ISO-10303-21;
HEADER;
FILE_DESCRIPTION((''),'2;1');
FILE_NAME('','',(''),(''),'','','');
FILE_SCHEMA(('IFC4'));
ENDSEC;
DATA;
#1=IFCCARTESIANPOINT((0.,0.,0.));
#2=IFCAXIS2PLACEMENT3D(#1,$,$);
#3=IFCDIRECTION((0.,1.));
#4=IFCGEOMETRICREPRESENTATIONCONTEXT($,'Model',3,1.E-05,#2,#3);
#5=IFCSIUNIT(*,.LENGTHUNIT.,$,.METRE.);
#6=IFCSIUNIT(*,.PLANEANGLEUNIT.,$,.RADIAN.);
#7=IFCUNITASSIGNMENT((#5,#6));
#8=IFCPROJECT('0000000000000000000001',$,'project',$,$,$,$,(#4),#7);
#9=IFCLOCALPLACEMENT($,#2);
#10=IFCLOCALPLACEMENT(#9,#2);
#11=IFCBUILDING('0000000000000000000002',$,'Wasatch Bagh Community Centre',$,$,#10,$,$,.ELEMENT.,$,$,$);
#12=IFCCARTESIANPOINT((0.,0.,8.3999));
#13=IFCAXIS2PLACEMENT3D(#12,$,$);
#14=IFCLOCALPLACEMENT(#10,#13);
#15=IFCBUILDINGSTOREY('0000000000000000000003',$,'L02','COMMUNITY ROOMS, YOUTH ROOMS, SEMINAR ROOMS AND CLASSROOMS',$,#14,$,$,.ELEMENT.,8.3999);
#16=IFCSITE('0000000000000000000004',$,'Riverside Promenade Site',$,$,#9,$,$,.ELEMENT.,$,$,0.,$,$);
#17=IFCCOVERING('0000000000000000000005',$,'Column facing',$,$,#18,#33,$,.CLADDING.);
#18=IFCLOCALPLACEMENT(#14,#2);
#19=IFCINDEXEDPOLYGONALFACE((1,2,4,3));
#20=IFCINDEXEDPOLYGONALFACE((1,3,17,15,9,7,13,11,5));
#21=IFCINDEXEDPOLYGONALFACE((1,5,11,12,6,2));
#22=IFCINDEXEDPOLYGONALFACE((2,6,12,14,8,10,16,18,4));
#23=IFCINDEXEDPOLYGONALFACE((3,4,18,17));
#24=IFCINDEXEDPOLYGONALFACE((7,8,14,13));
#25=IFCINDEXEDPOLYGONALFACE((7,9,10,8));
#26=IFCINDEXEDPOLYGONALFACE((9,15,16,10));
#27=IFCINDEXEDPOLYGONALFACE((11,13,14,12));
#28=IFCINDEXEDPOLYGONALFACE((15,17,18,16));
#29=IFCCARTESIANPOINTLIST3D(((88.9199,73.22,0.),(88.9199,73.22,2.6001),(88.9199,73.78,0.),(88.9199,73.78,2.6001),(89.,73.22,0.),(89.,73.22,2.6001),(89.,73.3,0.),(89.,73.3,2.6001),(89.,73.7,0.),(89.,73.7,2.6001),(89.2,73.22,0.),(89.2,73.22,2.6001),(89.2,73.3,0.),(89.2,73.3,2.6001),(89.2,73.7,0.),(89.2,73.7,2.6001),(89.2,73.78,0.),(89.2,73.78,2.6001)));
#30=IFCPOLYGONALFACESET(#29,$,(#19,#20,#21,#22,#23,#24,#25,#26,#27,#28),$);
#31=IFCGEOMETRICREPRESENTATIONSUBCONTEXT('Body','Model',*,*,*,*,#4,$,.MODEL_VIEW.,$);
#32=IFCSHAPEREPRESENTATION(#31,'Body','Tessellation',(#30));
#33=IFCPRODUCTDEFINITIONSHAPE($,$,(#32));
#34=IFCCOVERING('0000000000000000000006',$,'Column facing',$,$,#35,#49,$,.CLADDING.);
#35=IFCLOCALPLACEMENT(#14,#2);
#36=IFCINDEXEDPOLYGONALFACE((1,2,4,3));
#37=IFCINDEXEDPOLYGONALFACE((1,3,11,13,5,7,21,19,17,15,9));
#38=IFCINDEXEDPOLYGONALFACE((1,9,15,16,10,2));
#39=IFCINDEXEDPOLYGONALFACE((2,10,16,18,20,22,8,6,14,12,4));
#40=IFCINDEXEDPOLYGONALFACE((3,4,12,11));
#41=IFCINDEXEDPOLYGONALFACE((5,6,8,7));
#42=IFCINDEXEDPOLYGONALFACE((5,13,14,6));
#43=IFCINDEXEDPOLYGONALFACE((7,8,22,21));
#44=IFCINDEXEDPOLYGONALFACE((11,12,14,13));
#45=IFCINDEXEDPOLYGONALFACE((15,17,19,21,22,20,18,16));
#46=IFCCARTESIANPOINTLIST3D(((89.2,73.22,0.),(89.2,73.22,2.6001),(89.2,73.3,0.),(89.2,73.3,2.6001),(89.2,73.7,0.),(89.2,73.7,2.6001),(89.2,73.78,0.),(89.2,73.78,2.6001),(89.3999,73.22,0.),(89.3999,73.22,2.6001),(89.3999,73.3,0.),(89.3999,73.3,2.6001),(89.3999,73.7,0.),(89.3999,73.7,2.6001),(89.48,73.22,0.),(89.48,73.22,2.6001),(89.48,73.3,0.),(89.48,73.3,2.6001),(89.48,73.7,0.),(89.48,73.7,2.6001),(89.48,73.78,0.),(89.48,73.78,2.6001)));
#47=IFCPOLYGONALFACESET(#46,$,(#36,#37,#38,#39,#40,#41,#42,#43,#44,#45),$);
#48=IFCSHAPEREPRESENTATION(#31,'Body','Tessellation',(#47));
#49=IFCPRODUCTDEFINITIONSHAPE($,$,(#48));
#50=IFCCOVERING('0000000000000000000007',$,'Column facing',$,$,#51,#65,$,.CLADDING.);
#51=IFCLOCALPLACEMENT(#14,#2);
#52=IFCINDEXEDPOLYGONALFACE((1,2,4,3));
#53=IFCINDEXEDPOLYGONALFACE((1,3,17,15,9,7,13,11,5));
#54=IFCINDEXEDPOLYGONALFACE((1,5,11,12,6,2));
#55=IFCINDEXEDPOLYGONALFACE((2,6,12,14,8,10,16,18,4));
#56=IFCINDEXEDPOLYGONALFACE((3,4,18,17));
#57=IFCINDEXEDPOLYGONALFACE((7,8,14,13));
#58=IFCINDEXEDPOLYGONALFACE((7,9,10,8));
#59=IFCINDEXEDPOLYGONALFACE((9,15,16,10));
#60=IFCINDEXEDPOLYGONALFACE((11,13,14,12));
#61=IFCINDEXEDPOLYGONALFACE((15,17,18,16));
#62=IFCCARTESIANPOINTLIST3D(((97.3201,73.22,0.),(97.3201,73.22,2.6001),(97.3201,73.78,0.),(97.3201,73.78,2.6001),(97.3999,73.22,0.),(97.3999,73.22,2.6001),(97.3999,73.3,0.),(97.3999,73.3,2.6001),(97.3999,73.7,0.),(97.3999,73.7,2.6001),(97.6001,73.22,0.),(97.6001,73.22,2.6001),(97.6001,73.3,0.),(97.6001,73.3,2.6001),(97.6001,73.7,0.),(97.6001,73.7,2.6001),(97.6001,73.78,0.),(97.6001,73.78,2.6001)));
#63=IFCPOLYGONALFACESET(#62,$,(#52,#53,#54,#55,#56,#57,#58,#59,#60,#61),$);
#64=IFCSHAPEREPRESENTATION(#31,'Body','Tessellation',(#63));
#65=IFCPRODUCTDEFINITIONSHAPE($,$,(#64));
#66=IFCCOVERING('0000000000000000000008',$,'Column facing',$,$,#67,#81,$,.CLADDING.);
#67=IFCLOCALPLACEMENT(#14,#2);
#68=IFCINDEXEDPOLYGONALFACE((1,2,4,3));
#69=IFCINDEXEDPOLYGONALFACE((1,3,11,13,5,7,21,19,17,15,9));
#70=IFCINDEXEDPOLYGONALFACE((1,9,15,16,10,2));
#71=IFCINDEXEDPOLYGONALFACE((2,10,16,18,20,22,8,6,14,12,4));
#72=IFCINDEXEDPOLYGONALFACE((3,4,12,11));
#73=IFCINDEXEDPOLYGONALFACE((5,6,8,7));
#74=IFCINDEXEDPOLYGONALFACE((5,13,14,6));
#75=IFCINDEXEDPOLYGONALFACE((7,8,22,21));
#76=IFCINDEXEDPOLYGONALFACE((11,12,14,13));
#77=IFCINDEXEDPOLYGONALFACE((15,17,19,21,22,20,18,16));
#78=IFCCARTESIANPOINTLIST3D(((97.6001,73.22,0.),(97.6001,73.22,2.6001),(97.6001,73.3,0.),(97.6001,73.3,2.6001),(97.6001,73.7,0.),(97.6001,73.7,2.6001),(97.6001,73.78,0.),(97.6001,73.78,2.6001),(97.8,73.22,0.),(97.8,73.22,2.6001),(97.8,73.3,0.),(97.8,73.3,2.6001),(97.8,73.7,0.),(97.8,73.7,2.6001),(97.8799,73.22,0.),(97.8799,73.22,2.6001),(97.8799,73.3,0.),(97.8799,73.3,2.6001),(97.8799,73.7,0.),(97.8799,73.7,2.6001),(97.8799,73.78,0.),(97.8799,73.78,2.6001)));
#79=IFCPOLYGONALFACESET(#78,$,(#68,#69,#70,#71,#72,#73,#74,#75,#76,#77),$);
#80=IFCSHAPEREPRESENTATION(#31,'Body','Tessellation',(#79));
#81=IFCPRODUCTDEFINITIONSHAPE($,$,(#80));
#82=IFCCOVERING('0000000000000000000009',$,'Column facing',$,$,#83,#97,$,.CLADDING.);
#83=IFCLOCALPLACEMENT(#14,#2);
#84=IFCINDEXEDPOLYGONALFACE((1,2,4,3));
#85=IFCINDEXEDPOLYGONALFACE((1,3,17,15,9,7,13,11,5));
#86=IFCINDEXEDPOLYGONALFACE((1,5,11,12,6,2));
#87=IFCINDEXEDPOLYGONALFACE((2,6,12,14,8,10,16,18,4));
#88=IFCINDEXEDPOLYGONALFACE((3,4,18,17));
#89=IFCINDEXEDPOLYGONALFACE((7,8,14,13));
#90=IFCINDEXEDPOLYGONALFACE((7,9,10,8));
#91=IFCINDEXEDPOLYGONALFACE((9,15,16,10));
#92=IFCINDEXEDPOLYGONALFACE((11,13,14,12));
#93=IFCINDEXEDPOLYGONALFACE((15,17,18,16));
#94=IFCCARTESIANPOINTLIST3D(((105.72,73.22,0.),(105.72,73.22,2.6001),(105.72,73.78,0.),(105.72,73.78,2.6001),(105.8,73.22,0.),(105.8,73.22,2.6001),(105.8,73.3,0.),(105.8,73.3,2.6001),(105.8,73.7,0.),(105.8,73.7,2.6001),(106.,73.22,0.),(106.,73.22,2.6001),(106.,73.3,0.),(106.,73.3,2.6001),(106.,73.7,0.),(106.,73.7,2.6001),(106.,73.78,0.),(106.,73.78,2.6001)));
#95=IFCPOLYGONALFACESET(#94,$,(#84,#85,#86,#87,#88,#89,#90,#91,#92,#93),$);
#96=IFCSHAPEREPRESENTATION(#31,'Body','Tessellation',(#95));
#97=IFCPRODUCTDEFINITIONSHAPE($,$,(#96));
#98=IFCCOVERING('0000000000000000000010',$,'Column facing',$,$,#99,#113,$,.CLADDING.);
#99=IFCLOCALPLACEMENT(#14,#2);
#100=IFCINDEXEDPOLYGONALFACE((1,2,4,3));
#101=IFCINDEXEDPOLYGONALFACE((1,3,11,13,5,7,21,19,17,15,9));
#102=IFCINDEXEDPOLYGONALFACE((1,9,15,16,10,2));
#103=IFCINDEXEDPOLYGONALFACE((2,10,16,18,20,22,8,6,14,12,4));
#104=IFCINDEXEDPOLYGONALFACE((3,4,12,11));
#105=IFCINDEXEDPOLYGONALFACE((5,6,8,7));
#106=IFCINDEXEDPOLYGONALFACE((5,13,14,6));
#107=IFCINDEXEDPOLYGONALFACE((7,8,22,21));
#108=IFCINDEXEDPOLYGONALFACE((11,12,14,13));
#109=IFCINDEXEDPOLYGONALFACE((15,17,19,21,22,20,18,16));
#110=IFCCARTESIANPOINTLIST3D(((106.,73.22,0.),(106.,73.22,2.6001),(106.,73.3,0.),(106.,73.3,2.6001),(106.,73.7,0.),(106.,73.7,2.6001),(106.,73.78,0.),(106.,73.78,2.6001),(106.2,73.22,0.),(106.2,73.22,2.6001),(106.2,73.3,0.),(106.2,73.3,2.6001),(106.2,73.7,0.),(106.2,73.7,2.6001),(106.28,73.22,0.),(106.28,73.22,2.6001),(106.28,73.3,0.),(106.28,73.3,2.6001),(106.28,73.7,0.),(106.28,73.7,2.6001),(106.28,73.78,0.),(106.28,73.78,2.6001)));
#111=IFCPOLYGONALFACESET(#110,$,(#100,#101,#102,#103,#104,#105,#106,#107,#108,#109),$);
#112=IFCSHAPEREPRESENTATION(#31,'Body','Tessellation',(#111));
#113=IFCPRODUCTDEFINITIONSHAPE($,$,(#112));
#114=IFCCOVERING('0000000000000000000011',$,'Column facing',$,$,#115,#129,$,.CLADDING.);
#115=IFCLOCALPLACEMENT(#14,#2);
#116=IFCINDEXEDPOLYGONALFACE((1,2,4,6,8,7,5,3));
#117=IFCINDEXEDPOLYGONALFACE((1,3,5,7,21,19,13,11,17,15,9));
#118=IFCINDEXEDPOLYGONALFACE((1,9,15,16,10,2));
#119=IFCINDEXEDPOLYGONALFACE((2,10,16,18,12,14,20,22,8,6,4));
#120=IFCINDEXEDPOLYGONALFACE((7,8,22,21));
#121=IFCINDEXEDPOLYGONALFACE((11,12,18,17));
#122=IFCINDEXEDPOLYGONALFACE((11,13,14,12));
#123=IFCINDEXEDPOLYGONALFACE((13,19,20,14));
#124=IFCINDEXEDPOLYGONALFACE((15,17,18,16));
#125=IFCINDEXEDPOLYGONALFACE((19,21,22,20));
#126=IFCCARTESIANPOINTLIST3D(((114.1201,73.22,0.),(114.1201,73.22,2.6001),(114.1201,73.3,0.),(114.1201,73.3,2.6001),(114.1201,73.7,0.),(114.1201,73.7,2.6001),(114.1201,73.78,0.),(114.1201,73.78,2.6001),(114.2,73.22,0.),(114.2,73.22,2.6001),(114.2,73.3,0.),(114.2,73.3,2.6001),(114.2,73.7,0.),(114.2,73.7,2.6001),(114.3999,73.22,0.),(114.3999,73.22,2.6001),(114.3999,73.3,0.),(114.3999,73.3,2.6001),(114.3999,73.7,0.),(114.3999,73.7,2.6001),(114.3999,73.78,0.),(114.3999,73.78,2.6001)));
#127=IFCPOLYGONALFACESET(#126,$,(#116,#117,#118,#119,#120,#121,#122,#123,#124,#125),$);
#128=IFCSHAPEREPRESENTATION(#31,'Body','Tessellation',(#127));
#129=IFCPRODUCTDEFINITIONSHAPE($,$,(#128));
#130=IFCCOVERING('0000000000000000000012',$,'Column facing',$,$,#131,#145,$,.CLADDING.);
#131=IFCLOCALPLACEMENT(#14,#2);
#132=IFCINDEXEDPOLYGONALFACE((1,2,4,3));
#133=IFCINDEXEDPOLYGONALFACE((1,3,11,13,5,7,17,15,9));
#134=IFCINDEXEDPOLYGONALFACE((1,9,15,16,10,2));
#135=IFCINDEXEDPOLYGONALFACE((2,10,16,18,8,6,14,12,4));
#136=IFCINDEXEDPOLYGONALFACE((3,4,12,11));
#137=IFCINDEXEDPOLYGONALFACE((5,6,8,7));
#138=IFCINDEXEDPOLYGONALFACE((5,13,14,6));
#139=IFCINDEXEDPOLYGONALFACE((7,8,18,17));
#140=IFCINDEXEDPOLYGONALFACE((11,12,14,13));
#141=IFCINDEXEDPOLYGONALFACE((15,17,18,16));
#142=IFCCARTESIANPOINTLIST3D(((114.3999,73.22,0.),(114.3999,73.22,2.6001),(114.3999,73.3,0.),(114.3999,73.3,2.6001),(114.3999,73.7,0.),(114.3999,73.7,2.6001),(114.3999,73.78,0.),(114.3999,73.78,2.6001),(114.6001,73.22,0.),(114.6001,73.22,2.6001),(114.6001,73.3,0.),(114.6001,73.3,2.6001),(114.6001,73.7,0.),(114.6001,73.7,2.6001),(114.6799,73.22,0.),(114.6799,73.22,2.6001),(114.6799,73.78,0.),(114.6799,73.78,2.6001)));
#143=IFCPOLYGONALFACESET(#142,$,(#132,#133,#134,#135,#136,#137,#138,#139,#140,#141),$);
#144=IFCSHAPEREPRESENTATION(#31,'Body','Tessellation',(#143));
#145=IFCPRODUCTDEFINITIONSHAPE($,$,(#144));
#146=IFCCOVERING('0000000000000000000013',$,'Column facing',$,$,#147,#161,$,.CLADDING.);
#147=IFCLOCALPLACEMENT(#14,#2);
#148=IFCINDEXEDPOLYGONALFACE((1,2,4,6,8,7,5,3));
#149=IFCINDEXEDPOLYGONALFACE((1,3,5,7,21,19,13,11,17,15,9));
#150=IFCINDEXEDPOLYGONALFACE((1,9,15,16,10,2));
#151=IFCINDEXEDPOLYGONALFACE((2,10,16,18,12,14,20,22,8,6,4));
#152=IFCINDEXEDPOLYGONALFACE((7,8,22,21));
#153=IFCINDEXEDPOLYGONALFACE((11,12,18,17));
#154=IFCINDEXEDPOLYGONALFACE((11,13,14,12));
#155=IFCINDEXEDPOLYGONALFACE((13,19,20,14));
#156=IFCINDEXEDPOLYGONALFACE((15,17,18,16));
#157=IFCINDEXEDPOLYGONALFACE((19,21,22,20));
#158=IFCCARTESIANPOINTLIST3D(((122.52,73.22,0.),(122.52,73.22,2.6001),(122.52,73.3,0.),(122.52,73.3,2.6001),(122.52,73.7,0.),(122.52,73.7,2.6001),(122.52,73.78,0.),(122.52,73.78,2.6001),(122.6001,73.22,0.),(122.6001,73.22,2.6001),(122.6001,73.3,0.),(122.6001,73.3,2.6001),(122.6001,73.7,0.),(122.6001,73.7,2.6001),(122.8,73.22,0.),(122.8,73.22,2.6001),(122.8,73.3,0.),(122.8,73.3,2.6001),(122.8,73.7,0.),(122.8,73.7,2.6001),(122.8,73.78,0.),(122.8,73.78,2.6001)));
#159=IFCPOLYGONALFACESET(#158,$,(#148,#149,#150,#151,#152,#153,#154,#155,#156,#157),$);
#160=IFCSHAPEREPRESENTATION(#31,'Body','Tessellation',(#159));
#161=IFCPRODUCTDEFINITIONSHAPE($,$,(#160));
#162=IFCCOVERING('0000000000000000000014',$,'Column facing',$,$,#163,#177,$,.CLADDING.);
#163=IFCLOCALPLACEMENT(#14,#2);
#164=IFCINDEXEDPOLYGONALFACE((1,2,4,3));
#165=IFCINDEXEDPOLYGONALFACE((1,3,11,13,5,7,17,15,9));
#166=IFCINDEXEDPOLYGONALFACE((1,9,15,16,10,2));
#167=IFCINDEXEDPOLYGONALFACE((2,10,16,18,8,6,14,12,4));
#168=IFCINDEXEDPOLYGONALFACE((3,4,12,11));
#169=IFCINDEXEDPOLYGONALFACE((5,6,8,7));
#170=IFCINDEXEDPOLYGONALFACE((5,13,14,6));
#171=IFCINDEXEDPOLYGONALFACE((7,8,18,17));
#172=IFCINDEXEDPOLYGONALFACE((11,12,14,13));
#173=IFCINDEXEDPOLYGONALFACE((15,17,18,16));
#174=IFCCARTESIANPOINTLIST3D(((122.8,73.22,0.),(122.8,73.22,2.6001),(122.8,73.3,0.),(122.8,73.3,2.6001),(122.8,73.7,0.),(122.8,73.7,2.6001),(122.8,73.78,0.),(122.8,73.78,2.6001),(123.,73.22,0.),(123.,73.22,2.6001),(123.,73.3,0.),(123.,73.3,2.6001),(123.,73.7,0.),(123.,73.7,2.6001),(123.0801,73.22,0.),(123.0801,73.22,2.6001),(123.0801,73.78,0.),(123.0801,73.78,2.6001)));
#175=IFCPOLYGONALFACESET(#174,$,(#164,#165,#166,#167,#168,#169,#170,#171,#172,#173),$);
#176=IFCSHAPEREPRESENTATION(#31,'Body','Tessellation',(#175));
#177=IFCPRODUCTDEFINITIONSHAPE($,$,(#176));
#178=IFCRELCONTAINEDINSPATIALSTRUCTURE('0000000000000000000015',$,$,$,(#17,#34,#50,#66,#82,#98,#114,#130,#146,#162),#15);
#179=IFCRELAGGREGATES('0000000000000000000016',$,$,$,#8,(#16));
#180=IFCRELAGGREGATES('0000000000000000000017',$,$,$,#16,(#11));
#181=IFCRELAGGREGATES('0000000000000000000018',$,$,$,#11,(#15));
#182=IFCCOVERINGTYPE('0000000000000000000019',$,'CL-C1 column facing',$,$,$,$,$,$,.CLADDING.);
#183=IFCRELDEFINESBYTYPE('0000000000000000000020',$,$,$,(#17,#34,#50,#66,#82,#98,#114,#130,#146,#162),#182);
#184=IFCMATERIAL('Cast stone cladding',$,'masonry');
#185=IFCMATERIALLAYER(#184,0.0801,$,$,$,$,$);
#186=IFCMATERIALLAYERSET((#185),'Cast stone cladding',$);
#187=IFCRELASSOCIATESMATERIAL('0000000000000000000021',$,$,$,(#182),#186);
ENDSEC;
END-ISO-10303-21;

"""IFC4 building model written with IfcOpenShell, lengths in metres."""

from ifc_helpers import new_model, si_unit, direction, frame, origin, place, context, subcontext, project, spatial, polyline, outline, extrude, material, layer, layer_set, type_object, element, save


model = new_model("IFC4")

# Units and contexts
model_context = context("Model", 3, precision=1e-05, world=origin(), true_north=direction((0.0, 1.0)))
body_context = subcontext(model_context, "Body", "Model", "MODEL_VIEW")
ifc_project = project(units=[si_unit("LENGTHUNIT", "METRE"), si_unit("PLANEANGLEUNIT", "RADIAN")], contexts=[model_context])

# Site, building, storey
site_placement = place(None, origin())
site = spatial("IfcSite", under=ifc_project, at=site_placement, Name="Riverside Promenade Site", CompositionType="ELEMENT", RefElevation=0.0)
building_placement = place(site_placement, origin())
building = spatial("IfcBuilding", under=site, at=building_placement, Name="Wasatch Bagh Community Centre", CompositionType="ELEMENT")
storey_placement = place(building_placement, frame((0.0, 0.0, 8.3999)))
storey = spatial("IfcBuildingStorey", under=building, at=storey_placement, Name="L02", Description="COMMUNITY ROOMS, YOUTH ROOMS, SEMINAR ROOMS AND CLASSROOMS", CompositionType="ELEMENT", Elevation=8.3999)

# Coverings
ifc_material = material(Name="Cast stone cladding", Category="masonry")
ifc_layer = layer(ifc_material, 0.0801)
ifc_layer_set = layer_set([ifc_layer], Name="Cast stone cladding")
covering_type = type_object("IfcCoveringType", Name="CL-C1 column facing", PredefinedType="CLADDING", material=ifc_layer_set)
covering_1_placement = place(storey_placement, origin())
element("IfcCovering", 1, at=covering_1_placement, inside=storey, type_object=covering_type, Name="Column facing", PredefinedType="CLADDING", context=body_context, shape_type="SweptSolid", body=[
    extrude(outline(polyline([(89.2, 73.78), (89.2, 73.7), (89.0, 73.7), (89.0, 73.3), (89.2, 73.3), (89.2, 73.22), (89.0, 73.22), (88.9199, 73.22), (88.9199, 73.78), (89.2, 73.78)])), origin(), (0.0, 0.0, 1.0), 2.6001),
])
covering_2_placement = place(storey_placement, origin())
element("IfcCovering", 2, at=covering_2_placement, inside=storey, type_object=covering_type, Name="Column facing", PredefinedType="CLADDING", context=body_context, shape_type="SweptSolid", body=[
    extrude(outline(polyline([(89.48, 73.78), (89.48, 73.7), (89.48, 73.3), (89.48, 73.22), (89.3999, 73.22), (89.2, 73.22), (89.2, 73.3), (89.3999, 73.3), (89.3999, 73.7), (89.2, 73.7), (89.2, 73.78), (89.48, 73.78)])), origin(), (0.0, 0.0, 1.0), 2.6001),
])
covering_3_placement = place(storey_placement, origin())
element("IfcCovering", 3, at=covering_3_placement, inside=storey, type_object=covering_type, Name="Column facing", PredefinedType="CLADDING", context=body_context, shape_type="SweptSolid", body=[
    extrude(outline(polyline([(97.6001, 73.78), (97.6001, 73.7), (97.3999, 73.7), (97.3999, 73.3), (97.6001, 73.3), (97.6001, 73.22), (97.3999, 73.22), (97.3201, 73.22), (97.3201, 73.78), (97.6001, 73.78)])), origin(), (0.0, 0.0, 1.0), 2.6001),
])
covering_4_placement = place(storey_placement, origin())
element("IfcCovering", 4, at=covering_4_placement, inside=storey, type_object=covering_type, Name="Column facing", PredefinedType="CLADDING", context=body_context, shape_type="SweptSolid", body=[
    extrude(outline(polyline([(97.8799, 73.78), (97.8799, 73.7), (97.8799, 73.3), (97.8799, 73.22), (97.8, 73.22), (97.6001, 73.22), (97.6001, 73.3), (97.8, 73.3), (97.8, 73.7), (97.6001, 73.7), (97.6001, 73.78), (97.8799, 73.78)])), origin(), (0.0, 0.0, 1.0), 2.6001),
])
covering_5_placement = place(storey_placement, origin())
element("IfcCovering", 5, at=covering_5_placement, inside=storey, type_object=covering_type, Name="Column facing", PredefinedType="CLADDING", context=body_context, shape_type="SweptSolid", body=[
    extrude(outline(polyline([(106.0, 73.78), (106.0, 73.7), (105.8, 73.7), (105.8, 73.3), (106.0, 73.3), (106.0, 73.22), (105.8, 73.22), (105.72, 73.22), (105.72, 73.78), (106.0, 73.78)])), origin(), (0.0, 0.0, 1.0), 2.6001),
])
covering_6_placement = place(storey_placement, origin())
element("IfcCovering", 6, at=covering_6_placement, inside=storey, type_object=covering_type, Name="Column facing", PredefinedType="CLADDING", context=body_context, shape_type="SweptSolid", body=[
    extrude(outline(polyline([(106.28, 73.78), (106.28, 73.7), (106.28, 73.3), (106.28, 73.22), (106.2, 73.22), (106.0, 73.22), (106.0, 73.3), (106.2, 73.3), (106.2, 73.7), (106.0, 73.7), (106.0, 73.78), (106.28, 73.78)])), origin(), (0.0, 0.0, 1.0), 2.6001),
])
covering_7_placement = place(storey_placement, origin())
element("IfcCovering", 7, at=covering_7_placement, inside=storey, type_object=covering_type, Name="Column facing", PredefinedType="CLADDING", context=body_context, shape_type="SweptSolid", body=[
    extrude(outline(polyline([(114.1201, 73.78), (114.3999, 73.78), (114.3999, 73.7), (114.2, 73.7), (114.2, 73.3), (114.3999, 73.3), (114.3999, 73.22), (114.2, 73.22), (114.1201, 73.22), (114.1201, 73.3), (114.1201, 73.7), (114.1201, 73.78)])), origin(), (0.0, 0.0, 1.0), 2.6001),
])
covering_8_placement = place(storey_placement, origin())
element("IfcCovering", 8, at=covering_8_placement, inside=storey, type_object=covering_type, Name="Column facing", PredefinedType="CLADDING", context=body_context, shape_type="SweptSolid", body=[
    extrude(outline(polyline([(114.6799, 73.78), (114.6799, 73.22), (114.6001, 73.22), (114.3999, 73.22), (114.3999, 73.3), (114.6001, 73.3), (114.6001, 73.7), (114.3999, 73.7), (114.3999, 73.78), (114.6799, 73.78)])), origin(), (0.0, 0.0, 1.0), 2.6001),
])
covering_9_placement = place(storey_placement, origin())
element("IfcCovering", 9, at=covering_9_placement, inside=storey, type_object=covering_type, Name="Column facing", PredefinedType="CLADDING", context=body_context, shape_type="SweptSolid", body=[
    extrude(outline(polyline([(122.52, 73.78), (122.8, 73.78), (122.8, 73.7), (122.6001, 73.7), (122.6001, 73.3), (122.8, 73.3), (122.8, 73.22), (122.6001, 73.22), (122.52, 73.22), (122.52, 73.3), (122.52, 73.7), (122.52, 73.78)])), origin(), (0.0, 0.0, 1.0), 2.6001),
])
covering_10_placement = place(storey_placement, origin())
element("IfcCovering", 10, at=covering_10_placement, inside=storey, type_object=covering_type, Name="Column facing", PredefinedType="CLADDING", context=body_context, shape_type="SweptSolid", body=[
    extrude(outline(polyline([(123.0801, 73.78), (123.0801, 73.22), (123.0, 73.22), (122.8, 73.22), (122.8, 73.3), (123.0, 73.3), (123.0, 73.7), (122.8, 73.7), (122.8, 73.78), (123.0801, 73.78)])), origin(), (0.0, 0.0, 1.0), 2.6001),
])

save(model, "model.ifc")
